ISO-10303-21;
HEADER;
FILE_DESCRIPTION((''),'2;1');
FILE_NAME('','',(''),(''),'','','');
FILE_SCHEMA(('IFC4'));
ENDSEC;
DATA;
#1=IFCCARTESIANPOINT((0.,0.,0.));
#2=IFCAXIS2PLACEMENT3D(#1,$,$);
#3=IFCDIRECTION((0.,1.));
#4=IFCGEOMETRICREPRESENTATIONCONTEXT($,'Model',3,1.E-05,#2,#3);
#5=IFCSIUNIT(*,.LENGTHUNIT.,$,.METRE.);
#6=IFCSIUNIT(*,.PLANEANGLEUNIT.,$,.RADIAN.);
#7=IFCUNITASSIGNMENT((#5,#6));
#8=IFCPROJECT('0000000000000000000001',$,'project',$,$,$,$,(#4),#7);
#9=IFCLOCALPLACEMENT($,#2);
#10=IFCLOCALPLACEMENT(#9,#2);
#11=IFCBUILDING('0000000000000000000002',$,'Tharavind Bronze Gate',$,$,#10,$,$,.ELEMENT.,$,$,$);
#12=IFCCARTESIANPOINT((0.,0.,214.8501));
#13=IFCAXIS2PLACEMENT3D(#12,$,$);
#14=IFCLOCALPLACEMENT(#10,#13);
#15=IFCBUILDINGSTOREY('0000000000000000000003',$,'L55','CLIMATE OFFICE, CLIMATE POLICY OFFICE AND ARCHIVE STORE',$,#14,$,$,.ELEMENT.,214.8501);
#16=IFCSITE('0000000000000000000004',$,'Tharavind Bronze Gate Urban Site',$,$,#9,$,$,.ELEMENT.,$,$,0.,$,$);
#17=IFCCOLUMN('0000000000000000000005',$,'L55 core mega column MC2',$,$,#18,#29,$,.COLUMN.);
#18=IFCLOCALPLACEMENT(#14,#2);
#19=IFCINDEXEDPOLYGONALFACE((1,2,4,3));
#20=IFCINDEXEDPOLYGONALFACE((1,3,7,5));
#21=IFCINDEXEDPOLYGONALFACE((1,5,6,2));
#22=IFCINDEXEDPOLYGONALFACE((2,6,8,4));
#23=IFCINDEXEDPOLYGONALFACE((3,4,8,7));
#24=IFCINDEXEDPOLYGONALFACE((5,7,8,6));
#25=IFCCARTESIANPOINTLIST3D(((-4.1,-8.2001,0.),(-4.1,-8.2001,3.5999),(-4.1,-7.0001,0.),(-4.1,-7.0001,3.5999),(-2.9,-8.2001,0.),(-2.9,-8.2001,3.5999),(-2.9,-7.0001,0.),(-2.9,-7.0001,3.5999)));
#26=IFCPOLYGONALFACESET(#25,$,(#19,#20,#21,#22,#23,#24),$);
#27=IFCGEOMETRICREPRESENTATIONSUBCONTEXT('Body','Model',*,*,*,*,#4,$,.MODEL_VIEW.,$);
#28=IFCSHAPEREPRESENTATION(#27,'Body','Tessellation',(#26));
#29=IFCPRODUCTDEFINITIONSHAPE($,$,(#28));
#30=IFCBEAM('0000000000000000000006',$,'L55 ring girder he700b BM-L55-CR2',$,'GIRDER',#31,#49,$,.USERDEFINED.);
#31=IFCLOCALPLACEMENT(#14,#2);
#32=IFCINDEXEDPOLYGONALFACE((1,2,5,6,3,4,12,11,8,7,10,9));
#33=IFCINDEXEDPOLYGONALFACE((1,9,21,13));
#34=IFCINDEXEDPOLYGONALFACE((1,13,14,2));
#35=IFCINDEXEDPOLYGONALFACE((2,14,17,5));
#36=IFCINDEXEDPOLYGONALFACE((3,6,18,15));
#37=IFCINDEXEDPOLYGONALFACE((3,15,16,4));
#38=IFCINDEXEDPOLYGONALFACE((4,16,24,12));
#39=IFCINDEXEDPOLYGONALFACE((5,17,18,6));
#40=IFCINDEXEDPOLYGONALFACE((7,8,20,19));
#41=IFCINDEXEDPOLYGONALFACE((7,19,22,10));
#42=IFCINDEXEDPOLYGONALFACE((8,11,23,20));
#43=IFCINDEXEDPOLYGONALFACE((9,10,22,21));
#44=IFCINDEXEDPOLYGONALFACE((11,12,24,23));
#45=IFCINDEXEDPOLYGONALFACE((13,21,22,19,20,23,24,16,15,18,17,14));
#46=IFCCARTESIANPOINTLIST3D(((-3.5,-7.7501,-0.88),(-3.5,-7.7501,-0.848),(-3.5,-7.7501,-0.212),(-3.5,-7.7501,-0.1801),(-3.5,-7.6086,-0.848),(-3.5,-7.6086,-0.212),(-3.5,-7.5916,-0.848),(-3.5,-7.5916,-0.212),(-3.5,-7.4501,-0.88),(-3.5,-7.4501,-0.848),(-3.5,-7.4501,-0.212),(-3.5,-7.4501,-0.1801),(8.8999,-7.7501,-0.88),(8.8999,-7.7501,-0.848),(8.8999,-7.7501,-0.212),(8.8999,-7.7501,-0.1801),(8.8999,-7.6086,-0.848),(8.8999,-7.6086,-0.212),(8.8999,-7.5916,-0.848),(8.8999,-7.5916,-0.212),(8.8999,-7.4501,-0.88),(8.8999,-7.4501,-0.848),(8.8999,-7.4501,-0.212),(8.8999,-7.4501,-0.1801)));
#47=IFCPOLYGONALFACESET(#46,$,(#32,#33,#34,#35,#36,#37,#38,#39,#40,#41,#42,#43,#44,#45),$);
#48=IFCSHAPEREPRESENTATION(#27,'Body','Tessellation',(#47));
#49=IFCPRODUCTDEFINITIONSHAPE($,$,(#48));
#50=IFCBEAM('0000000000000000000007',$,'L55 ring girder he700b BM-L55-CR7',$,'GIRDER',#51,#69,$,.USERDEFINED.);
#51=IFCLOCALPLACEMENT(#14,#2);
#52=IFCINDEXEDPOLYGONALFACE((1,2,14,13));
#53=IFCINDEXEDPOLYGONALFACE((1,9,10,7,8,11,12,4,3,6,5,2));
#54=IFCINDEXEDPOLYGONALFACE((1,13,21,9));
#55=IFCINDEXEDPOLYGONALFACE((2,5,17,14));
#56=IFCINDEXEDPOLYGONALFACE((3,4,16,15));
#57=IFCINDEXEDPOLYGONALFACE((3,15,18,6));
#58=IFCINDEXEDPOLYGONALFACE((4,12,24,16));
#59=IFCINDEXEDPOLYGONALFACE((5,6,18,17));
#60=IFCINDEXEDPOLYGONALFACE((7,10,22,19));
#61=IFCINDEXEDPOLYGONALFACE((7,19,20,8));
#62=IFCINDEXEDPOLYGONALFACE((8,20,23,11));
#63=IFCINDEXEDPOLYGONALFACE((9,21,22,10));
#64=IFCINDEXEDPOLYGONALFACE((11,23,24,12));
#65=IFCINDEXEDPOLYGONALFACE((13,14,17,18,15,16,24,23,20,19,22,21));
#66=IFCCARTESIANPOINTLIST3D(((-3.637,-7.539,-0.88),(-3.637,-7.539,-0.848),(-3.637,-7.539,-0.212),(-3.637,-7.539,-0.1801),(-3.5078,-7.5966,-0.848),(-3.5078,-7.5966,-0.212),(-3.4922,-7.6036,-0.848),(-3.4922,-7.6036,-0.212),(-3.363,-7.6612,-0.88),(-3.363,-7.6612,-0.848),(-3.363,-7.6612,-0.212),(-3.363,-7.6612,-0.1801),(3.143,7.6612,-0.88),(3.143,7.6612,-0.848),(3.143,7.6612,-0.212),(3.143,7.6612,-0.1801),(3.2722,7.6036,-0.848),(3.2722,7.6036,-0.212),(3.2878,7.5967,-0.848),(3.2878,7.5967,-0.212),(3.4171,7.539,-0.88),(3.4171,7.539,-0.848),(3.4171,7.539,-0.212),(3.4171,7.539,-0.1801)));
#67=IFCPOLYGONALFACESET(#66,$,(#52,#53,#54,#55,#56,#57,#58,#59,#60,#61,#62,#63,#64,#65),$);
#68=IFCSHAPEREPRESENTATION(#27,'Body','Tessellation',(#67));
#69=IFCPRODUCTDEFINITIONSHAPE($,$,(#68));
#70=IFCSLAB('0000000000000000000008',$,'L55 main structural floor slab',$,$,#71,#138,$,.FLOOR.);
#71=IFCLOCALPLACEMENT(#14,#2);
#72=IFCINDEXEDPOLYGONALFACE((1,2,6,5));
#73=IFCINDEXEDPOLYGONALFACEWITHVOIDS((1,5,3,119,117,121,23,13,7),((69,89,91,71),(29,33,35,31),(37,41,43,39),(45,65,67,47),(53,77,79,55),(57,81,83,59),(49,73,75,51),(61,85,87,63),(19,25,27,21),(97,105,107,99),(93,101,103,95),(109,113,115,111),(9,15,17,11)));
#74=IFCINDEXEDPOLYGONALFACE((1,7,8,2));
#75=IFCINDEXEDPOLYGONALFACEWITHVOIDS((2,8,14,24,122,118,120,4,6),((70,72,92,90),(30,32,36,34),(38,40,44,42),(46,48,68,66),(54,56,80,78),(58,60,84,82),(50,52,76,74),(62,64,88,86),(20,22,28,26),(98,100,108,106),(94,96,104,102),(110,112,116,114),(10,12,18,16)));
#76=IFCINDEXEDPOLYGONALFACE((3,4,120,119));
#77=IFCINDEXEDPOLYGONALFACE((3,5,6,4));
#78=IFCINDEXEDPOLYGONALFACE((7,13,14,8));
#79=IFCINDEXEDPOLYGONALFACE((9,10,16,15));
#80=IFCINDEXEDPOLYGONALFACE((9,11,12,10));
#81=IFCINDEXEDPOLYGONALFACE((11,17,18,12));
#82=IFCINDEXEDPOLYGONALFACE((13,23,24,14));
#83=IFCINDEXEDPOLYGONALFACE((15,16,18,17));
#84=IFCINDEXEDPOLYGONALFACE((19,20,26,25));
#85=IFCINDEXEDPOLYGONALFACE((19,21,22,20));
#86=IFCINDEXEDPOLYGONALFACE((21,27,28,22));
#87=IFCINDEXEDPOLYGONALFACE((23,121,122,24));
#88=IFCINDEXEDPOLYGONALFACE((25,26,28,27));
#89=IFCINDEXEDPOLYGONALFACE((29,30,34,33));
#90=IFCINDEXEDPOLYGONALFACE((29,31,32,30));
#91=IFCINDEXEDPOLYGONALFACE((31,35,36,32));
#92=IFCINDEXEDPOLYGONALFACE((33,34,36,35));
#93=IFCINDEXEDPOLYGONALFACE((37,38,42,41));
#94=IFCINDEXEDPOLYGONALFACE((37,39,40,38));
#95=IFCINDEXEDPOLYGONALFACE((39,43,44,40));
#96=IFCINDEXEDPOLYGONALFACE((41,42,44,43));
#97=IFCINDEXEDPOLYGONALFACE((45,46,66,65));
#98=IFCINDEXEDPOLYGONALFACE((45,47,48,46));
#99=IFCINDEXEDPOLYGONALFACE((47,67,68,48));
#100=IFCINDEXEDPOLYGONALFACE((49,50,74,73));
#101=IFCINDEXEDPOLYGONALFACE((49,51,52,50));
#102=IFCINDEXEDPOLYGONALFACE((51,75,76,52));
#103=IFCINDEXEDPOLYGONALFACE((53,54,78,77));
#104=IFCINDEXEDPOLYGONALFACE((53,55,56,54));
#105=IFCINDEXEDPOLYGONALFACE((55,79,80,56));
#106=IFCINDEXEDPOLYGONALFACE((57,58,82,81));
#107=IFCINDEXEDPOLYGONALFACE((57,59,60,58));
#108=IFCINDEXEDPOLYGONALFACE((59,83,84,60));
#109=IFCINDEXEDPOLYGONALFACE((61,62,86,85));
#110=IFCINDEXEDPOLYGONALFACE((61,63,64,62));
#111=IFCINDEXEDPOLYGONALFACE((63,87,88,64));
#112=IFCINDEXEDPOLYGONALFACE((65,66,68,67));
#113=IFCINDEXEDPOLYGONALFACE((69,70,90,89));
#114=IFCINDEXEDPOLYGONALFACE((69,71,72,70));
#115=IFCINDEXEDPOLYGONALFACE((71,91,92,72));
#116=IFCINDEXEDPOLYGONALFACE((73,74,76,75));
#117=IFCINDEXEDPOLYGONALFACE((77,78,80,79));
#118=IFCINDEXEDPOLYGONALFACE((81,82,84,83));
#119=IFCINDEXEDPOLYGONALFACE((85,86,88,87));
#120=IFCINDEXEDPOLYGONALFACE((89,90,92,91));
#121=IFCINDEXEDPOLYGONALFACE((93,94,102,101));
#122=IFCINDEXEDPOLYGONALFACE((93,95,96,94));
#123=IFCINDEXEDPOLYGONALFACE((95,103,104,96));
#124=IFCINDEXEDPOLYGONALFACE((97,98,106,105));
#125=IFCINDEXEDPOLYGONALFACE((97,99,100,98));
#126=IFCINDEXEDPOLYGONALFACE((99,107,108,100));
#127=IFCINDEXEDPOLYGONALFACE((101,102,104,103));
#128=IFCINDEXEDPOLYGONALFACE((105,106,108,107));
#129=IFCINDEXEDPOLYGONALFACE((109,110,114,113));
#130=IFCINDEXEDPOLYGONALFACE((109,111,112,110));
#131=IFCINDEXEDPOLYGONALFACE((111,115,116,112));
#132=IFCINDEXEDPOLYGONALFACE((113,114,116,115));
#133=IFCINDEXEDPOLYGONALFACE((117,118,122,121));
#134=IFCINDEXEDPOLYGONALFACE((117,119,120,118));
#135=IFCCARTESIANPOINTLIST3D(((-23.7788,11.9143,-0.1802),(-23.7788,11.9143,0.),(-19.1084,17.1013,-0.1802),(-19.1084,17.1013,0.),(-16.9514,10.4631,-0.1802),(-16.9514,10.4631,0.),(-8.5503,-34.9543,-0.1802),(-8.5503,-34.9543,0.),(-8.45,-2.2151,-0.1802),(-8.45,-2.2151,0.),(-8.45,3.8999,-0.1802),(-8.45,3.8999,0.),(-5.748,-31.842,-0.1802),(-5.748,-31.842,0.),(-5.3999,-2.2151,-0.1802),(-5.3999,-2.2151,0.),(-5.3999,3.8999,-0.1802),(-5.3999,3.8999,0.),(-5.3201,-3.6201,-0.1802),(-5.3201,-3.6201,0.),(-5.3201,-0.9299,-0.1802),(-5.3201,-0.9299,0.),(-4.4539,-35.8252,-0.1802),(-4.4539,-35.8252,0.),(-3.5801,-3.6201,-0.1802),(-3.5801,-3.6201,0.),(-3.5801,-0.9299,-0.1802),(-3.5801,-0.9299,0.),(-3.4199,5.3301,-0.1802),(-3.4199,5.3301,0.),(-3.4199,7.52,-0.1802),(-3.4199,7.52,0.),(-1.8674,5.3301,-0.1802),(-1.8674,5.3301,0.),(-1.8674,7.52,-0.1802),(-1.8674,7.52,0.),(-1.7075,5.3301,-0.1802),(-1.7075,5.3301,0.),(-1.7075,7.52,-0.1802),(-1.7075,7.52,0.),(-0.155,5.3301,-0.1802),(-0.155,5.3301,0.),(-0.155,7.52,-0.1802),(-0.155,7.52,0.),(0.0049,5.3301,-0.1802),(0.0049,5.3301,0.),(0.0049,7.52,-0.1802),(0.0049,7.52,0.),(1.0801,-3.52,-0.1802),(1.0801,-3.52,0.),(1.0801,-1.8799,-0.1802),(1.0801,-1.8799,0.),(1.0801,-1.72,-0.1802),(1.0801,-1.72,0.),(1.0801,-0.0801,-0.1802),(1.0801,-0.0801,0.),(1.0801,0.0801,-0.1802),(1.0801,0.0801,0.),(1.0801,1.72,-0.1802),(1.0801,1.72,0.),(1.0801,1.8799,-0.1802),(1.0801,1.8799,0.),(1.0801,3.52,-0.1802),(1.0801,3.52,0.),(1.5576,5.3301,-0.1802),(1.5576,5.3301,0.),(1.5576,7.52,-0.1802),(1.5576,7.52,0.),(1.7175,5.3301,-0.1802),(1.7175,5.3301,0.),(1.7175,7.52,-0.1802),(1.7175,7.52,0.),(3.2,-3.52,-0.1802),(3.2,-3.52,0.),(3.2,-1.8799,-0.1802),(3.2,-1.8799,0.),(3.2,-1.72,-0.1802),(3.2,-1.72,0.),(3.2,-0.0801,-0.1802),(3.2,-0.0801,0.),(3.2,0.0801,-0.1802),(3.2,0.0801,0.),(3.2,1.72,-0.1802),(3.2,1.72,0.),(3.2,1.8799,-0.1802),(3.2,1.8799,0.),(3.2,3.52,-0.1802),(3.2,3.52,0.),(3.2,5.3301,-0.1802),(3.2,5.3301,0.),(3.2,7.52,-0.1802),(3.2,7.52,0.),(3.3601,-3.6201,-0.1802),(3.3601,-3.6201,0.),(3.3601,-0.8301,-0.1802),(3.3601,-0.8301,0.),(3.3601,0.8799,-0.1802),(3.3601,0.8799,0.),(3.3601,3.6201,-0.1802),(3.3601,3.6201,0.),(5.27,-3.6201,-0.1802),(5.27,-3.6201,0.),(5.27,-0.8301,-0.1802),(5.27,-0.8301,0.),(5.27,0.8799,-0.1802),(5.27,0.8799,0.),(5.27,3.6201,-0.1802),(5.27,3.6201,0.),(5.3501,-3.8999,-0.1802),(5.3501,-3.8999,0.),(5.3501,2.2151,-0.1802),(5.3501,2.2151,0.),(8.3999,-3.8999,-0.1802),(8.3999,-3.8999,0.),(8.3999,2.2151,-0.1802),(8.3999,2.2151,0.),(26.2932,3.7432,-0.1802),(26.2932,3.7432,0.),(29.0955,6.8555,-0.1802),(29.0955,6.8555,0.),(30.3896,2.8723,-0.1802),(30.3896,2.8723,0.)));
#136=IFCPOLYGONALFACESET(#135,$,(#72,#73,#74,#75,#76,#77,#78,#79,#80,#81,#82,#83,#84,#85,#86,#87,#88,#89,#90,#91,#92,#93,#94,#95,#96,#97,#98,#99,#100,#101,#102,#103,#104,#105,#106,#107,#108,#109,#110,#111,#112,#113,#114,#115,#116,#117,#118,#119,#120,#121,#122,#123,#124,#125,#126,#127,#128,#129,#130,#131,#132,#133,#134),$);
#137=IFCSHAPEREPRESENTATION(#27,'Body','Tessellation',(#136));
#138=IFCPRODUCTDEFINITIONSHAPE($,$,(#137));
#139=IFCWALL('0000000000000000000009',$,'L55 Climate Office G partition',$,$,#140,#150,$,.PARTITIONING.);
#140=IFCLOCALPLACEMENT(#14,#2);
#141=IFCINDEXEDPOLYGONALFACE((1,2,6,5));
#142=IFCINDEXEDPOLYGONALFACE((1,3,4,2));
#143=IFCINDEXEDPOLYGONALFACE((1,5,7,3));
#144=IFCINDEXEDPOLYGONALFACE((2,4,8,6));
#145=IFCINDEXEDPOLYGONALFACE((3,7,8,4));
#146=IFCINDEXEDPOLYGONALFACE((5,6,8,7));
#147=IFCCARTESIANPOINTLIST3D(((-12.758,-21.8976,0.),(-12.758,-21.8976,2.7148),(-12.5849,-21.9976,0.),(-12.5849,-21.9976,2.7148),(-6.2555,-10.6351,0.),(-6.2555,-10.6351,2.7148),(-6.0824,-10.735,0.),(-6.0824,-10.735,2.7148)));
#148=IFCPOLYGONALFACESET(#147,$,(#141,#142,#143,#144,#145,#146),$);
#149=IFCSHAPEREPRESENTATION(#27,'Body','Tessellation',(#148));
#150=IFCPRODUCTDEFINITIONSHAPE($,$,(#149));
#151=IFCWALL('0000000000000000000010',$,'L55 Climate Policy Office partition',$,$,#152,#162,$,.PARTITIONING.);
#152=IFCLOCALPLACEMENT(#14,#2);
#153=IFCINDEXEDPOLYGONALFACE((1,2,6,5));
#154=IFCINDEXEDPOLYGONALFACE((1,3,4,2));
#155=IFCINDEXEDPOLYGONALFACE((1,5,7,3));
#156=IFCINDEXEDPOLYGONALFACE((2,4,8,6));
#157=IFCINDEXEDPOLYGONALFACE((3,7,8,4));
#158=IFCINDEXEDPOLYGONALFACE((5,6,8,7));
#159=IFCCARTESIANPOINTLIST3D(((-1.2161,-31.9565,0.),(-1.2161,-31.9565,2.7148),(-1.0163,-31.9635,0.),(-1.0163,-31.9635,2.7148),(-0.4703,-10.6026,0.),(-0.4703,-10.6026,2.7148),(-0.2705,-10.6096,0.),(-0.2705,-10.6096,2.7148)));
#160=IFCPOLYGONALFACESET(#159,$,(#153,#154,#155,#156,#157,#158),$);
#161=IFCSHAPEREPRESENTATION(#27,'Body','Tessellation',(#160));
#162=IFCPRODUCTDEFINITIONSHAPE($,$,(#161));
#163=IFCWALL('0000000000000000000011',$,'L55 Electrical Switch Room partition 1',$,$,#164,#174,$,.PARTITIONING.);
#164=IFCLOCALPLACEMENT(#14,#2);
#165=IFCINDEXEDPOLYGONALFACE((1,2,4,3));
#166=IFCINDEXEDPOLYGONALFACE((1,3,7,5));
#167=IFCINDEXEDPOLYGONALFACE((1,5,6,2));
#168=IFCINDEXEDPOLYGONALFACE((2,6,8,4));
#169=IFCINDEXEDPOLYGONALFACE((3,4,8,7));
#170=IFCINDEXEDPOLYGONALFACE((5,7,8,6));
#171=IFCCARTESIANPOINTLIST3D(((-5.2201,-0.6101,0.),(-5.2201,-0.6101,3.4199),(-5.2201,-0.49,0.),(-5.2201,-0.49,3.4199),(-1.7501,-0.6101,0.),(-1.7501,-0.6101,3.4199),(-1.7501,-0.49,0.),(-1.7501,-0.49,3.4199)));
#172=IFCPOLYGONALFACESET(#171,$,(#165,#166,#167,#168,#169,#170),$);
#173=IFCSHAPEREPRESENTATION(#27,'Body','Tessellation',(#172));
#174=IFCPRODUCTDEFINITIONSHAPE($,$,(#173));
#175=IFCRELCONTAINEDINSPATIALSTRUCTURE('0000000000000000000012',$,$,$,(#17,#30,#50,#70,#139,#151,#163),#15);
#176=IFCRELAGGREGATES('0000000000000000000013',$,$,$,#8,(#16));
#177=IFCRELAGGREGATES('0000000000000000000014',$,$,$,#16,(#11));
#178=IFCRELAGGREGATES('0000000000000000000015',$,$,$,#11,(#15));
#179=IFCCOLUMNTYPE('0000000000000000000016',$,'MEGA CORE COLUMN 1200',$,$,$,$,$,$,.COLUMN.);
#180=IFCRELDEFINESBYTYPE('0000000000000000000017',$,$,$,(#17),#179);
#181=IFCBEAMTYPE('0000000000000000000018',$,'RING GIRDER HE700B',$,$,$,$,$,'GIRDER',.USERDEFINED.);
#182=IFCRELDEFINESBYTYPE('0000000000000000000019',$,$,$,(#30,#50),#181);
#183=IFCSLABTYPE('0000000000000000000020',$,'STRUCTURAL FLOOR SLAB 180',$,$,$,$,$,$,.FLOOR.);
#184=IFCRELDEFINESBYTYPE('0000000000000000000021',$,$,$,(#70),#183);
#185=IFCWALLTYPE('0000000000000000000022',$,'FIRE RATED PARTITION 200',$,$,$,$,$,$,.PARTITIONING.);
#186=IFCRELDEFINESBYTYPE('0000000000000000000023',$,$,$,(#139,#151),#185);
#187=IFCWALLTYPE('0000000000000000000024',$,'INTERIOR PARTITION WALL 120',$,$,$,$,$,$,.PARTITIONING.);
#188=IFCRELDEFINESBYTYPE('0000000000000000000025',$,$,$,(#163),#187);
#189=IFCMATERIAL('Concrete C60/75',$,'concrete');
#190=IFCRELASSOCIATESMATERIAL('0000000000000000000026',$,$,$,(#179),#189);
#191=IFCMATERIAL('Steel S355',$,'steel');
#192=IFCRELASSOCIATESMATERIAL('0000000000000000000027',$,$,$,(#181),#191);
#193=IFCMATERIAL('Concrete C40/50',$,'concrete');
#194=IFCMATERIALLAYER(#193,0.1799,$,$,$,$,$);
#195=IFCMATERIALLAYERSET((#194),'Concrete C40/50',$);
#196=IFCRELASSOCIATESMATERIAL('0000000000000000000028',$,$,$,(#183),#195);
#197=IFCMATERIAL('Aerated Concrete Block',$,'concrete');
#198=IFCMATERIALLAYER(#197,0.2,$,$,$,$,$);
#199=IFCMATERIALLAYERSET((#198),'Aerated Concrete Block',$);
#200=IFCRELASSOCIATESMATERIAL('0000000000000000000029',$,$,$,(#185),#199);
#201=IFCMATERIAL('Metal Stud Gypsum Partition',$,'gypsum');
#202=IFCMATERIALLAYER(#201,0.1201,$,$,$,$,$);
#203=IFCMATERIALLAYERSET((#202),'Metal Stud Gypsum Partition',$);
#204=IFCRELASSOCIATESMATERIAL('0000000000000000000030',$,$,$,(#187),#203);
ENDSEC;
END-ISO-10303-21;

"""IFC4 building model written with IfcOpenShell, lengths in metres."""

from ifc_helpers import new_model, si_unit, direction, frame, frame_2d, origin, origin_2d, place, context, subcontext, project, spatial, polyline, rectangle, i_section, outline, extrude, material, layer, layer_set, material_profile, profile_set, type_object, element, save


model = new_model("IFC4")

# Units and contexts
model_context = context("Model", 3, precision=1e-05, world=origin(), true_north=direction((0.0, 1.0)))
body_context = subcontext(model_context, "Body", "Model", "MODEL_VIEW")
ifc_project = project(units=[si_unit("LENGTHUNIT", "METRE"), si_unit("PLANEANGLEUNIT", "RADIAN")], contexts=[model_context])

# Site, building, storey
site_placement = place(None, origin())
site = spatial("IfcSite", under=ifc_project, at=site_placement, Name="Tharavind Bronze Gate Urban Site", CompositionType="ELEMENT", RefElevation=0.0)
building_placement = place(site_placement, origin())
building = spatial("IfcBuilding", under=site, at=building_placement, Name="Tharavind Bronze Gate", CompositionType="ELEMENT")
storey_placement = place(building_placement, frame((0.0, 0.0, 214.8501)))
storey = spatial("IfcBuildingStorey", under=building, at=storey_placement, Name="L55", Description="CLIMATE OFFICE, CLIMATE POLICY OFFICE AND ARCHIVE STORE", CompositionType="ELEMENT", Elevation=214.8501)

# Column
ifc_material_1 = material(Name="Concrete C60/75", Category="concrete")
ifc_material_profile_1 = material_profile(ifc_material_1, rectangle(XDim=1.2, YDim=1.2, at=origin_2d()), Name="RCCOL1200")
ifc_profile_set_1 = profile_set([ifc_material_profile_1], Name="Concrete C60/75")
column_type = type_object("IfcColumnType", Name="MEGA CORE COLUMN 1200", PredefinedType="COLUMN", material=ifc_profile_set_1)
column_placement = place(storey_placement, frame((-3.5, -7.6001, 0.0), z_axis=(0.0, 0.0, 1.0), x_axis=(1.0, 0.0, 0.0)))
element("IfcColumn", 1, at=column_placement, inside=storey, type_object=column_type, Name="L55 core mega column MC2", PredefinedType="COLUMN", context=body_context, shape_type="SweptSolid", body=[
    extrude(rectangle(XDim=1.2, YDim=1.2, at=origin_2d()), origin(), (0.0, 0.0, 1.0), 3.5999),
])

# Beams
ifc_material_2 = material(Name="Steel S355", Category="steel")
ifc_material_profile_2 = material_profile(ifc_material_2, i_section(OverallWidth=0.3, OverallDepth=0.7, WebThickness=0.0171, FlangeThickness=0.032, at=origin_2d()), Name="HE700B")
ifc_profile_set_2 = profile_set([ifc_material_profile_2], Name="Steel S355")
beam_type = type_object("IfcBeamType", Name="RING GIRDER HE700B", ElementType="GIRDER", PredefinedType="USERDEFINED", material=ifc_profile_set_2)
beam_1_placement = place(storey_placement, frame((-3.5, -7.6001, -0.53), z_axis=(1.0, 0.0, 0.0), x_axis=(0.0, 1.0, 0.0)))
element("IfcBeam", 2, at=beam_1_placement, inside=storey, type_object=beam_type, Name="L55 ring girder he700b BM-L55-CR2", ObjectType="GIRDER", PredefinedType="USERDEFINED", context=body_context, shape_type="SweptSolid", body=[
    extrude(i_section(OverallWidth=0.3, OverallDepth=0.7, WebThickness=0.0171, FlangeThickness=0.032, at=origin_2d()), origin(), (0.0, 0.0, 1.0), 12.3999),
])
beam_2_placement = place(storey_placement, frame((-3.5, -7.6001, -0.53), z_axis=(0.407362, 0.913267, 0.0), x_axis=(-0.913267, 0.407362, 0.0)))
element("IfcBeam", 3, at=beam_2_placement, inside=storey, type_object=beam_type, Name="L55 ring girder he700b BM-L55-CR7", ObjectType="GIRDER", PredefinedType="USERDEFINED", context=body_context, shape_type="SweptSolid", body=[
    extrude(i_section(OverallWidth=0.3, OverallDepth=0.7, WebThickness=0.0171, FlangeThickness=0.032, at=origin_2d()), origin(), (0.0, 0.0, 1.0), 16.6438),
])

# Slab
ifc_material_3 = material(Name="Concrete C40/50", Category="concrete")
ifc_layer_1 = layer(ifc_material_3, 0.1799)
ifc_layer_set_1 = layer_set([ifc_layer_1], Name="Concrete C40/50")
slab_type = type_object("IfcSlabType", Name="STRUCTURAL FLOOR SLAB 180", PredefinedType="FLOOR", material=ifc_layer_set_1)
slab_placement = place(storey_placement, frame((0.0, 0.0, -0.1802)))
element("IfcSlab", 4, at=slab_placement, inside=storey, type_object=slab_type, Name="L55 main structural floor slab", PredefinedType="FLOOR", context=body_context, shape_type="SweptSolid", body=[
    extrude(outline(polyline([(-19.1084, 17.1013), (-16.9514, 10.4631), (-23.7788, 11.9143), (-8.5503, -34.9543), (-5.748, -31.842), (-4.4539, -35.8252), (30.3896, 2.8723), (26.2932, 3.7432), (29.0955, 6.8555), (-19.1084, 17.1013)]), holes=[polyline([(-5.3999, -2.2151), (-5.3999, 3.8999), (-8.45, 3.8999), (-8.45, -2.2151), (-5.3999, -2.2151)]), polyline([(5.3501, 2.2151), (5.3501, -3.8999), (8.3999, -3.8999), (8.3999, 2.2151), (5.3501, 2.2151)]), polyline([(-3.4199, 5.3301), (-1.8674, 5.3301), (-1.8674, 7.52), (-3.4199, 7.52), (-3.4199, 5.3301)]), polyline([(-1.7075, 5.3301), (-0.155, 5.3301), (-0.155, 7.52), (-1.7075, 7.52), (-1.7075, 5.3301)]), polyline([(0.0049, 5.3301), (1.5576, 5.3301), (1.5576, 7.52), (0.0049, 7.52), (0.0049, 5.3301)]), polyline([(1.7175, 5.3301), (3.2, 5.3301), (3.2, 7.52), (1.7175, 7.52), (1.7175, 5.3301)]), polyline([(1.0801, -3.52), (3.2, -3.52), (3.2, -1.8799), (1.0801, -1.8799), (1.0801, -3.52)]), polyline([(1.0801, -1.72), (3.2, -1.72), (3.2, -0.0801), (1.0801, -0.0801), (1.0801, -1.72)]), polyline([(1.0801, 0.0801), (3.2, 0.0801), (3.2, 1.72), (1.0801, 1.72), (1.0801, 0.0801)]), polyline([(1.0801, 1.8799), (3.2, 1.8799), (3.2, 3.52), (1.0801, 3.52), (1.0801, 1.8799)]), polyline([(-5.3201, -3.6201), (-3.5801, -3.6201), (-3.5801, -0.9299), (-5.3201, -0.9299), (-5.3201, -3.6201)]), polyline([(3.3601, 0.8799), (5.27, 0.8799), (5.27, 3.6201), (3.3601, 3.6201), (3.3601, 0.8799)]), polyline([(3.3601, -3.6201), (5.27, -3.6201), (5.27, -0.8301), (3.3601, -0.8301), (3.3601, -3.6201)])]), origin(), (0.0, 0.0, 1.0), 0.1802),
])

# Wall
ifc_material_4 = material(Name="Aerated Concrete Block", Category="concrete")
ifc_layer_2 = layer(ifc_material_4, 0.2)
ifc_layer_set_2 = layer_set([ifc_layer_2], Name="Aerated Concrete Block")
wall_type_1 = type_object("IfcWallType", Name="FIRE RATED PARTITION 200", PredefinedType="PARTITIONING", material=ifc_layer_set_2)
wall_1_placement = place(storey_placement, frame((-6.1689, -10.6851, 0.0), z_axis=(0.0, 0.0, 1.0), x_axis=(-0.500004, -0.866023, 0.0)))
element("IfcWall", 5, at=wall_1_placement, inside=storey, type_object=wall_type_1, Name="L55 Climate Office G partition", PredefinedType="PARTITIONING", context=body_context, shape_type="SweptSolid", body=[
    extrude(rectangle(XDim=13.0049, YDim=0.2, at=frame_2d((6.5024, 0.0))), origin(), (0.0, 0.0, 1.0), 2.7148),
])

# Wall
wall_2_placement = place(storey_placement, frame((-0.3704, -10.606, 0.0), z_axis=(0.0, 0.0, 1.0), x_axis=(-0.034907, -0.999391, 0.0)))
element("IfcWall", 6, at=wall_2_placement, inside=storey, type_object=wall_type_1, Name="L55 Climate Policy Office partition", PredefinedType="PARTITIONING", context=body_context, shape_type="SweptSolid", body=[
    extrude(rectangle(XDim=21.3669, YDim=0.2, at=frame_2d((10.6836, 0.0))), origin(), (0.0, 0.0, 1.0), 2.7148),
])

# Wall
ifc_material_5 = material(Name="Metal Stud Gypsum Partition", Category="gypsum")
ifc_layer_3 = layer(ifc_material_5, 0.1201)
ifc_layer_set_3 = layer_set([ifc_layer_3], Name="Metal Stud Gypsum Partition")
wall_type_2 = type_object("IfcWallType", Name="INTERIOR PARTITION WALL 120", PredefinedType="PARTITIONING", material=ifc_layer_set_3)
wall_3_placement = place(storey_placement, frame((-5.22, -0.55, 0.0), z_axis=(0.0, 0.0, 1.0), x_axis=(1.0, 0.0, 0.0)))
element("IfcWall", 7, at=wall_3_placement, inside=storey, type_object=wall_type_2, Name="L55 Electrical Switch Room partition 1", PredefinedType="PARTITIONING", context=body_context, shape_type="SweptSolid", body=[
    extrude(rectangle(XDim=3.47, YDim=0.1201, at=frame_2d((1.7349, 0.0))), origin(), (0.0, 0.0, 1.0), 3.4199),
])

save(model, "model.ifc")
